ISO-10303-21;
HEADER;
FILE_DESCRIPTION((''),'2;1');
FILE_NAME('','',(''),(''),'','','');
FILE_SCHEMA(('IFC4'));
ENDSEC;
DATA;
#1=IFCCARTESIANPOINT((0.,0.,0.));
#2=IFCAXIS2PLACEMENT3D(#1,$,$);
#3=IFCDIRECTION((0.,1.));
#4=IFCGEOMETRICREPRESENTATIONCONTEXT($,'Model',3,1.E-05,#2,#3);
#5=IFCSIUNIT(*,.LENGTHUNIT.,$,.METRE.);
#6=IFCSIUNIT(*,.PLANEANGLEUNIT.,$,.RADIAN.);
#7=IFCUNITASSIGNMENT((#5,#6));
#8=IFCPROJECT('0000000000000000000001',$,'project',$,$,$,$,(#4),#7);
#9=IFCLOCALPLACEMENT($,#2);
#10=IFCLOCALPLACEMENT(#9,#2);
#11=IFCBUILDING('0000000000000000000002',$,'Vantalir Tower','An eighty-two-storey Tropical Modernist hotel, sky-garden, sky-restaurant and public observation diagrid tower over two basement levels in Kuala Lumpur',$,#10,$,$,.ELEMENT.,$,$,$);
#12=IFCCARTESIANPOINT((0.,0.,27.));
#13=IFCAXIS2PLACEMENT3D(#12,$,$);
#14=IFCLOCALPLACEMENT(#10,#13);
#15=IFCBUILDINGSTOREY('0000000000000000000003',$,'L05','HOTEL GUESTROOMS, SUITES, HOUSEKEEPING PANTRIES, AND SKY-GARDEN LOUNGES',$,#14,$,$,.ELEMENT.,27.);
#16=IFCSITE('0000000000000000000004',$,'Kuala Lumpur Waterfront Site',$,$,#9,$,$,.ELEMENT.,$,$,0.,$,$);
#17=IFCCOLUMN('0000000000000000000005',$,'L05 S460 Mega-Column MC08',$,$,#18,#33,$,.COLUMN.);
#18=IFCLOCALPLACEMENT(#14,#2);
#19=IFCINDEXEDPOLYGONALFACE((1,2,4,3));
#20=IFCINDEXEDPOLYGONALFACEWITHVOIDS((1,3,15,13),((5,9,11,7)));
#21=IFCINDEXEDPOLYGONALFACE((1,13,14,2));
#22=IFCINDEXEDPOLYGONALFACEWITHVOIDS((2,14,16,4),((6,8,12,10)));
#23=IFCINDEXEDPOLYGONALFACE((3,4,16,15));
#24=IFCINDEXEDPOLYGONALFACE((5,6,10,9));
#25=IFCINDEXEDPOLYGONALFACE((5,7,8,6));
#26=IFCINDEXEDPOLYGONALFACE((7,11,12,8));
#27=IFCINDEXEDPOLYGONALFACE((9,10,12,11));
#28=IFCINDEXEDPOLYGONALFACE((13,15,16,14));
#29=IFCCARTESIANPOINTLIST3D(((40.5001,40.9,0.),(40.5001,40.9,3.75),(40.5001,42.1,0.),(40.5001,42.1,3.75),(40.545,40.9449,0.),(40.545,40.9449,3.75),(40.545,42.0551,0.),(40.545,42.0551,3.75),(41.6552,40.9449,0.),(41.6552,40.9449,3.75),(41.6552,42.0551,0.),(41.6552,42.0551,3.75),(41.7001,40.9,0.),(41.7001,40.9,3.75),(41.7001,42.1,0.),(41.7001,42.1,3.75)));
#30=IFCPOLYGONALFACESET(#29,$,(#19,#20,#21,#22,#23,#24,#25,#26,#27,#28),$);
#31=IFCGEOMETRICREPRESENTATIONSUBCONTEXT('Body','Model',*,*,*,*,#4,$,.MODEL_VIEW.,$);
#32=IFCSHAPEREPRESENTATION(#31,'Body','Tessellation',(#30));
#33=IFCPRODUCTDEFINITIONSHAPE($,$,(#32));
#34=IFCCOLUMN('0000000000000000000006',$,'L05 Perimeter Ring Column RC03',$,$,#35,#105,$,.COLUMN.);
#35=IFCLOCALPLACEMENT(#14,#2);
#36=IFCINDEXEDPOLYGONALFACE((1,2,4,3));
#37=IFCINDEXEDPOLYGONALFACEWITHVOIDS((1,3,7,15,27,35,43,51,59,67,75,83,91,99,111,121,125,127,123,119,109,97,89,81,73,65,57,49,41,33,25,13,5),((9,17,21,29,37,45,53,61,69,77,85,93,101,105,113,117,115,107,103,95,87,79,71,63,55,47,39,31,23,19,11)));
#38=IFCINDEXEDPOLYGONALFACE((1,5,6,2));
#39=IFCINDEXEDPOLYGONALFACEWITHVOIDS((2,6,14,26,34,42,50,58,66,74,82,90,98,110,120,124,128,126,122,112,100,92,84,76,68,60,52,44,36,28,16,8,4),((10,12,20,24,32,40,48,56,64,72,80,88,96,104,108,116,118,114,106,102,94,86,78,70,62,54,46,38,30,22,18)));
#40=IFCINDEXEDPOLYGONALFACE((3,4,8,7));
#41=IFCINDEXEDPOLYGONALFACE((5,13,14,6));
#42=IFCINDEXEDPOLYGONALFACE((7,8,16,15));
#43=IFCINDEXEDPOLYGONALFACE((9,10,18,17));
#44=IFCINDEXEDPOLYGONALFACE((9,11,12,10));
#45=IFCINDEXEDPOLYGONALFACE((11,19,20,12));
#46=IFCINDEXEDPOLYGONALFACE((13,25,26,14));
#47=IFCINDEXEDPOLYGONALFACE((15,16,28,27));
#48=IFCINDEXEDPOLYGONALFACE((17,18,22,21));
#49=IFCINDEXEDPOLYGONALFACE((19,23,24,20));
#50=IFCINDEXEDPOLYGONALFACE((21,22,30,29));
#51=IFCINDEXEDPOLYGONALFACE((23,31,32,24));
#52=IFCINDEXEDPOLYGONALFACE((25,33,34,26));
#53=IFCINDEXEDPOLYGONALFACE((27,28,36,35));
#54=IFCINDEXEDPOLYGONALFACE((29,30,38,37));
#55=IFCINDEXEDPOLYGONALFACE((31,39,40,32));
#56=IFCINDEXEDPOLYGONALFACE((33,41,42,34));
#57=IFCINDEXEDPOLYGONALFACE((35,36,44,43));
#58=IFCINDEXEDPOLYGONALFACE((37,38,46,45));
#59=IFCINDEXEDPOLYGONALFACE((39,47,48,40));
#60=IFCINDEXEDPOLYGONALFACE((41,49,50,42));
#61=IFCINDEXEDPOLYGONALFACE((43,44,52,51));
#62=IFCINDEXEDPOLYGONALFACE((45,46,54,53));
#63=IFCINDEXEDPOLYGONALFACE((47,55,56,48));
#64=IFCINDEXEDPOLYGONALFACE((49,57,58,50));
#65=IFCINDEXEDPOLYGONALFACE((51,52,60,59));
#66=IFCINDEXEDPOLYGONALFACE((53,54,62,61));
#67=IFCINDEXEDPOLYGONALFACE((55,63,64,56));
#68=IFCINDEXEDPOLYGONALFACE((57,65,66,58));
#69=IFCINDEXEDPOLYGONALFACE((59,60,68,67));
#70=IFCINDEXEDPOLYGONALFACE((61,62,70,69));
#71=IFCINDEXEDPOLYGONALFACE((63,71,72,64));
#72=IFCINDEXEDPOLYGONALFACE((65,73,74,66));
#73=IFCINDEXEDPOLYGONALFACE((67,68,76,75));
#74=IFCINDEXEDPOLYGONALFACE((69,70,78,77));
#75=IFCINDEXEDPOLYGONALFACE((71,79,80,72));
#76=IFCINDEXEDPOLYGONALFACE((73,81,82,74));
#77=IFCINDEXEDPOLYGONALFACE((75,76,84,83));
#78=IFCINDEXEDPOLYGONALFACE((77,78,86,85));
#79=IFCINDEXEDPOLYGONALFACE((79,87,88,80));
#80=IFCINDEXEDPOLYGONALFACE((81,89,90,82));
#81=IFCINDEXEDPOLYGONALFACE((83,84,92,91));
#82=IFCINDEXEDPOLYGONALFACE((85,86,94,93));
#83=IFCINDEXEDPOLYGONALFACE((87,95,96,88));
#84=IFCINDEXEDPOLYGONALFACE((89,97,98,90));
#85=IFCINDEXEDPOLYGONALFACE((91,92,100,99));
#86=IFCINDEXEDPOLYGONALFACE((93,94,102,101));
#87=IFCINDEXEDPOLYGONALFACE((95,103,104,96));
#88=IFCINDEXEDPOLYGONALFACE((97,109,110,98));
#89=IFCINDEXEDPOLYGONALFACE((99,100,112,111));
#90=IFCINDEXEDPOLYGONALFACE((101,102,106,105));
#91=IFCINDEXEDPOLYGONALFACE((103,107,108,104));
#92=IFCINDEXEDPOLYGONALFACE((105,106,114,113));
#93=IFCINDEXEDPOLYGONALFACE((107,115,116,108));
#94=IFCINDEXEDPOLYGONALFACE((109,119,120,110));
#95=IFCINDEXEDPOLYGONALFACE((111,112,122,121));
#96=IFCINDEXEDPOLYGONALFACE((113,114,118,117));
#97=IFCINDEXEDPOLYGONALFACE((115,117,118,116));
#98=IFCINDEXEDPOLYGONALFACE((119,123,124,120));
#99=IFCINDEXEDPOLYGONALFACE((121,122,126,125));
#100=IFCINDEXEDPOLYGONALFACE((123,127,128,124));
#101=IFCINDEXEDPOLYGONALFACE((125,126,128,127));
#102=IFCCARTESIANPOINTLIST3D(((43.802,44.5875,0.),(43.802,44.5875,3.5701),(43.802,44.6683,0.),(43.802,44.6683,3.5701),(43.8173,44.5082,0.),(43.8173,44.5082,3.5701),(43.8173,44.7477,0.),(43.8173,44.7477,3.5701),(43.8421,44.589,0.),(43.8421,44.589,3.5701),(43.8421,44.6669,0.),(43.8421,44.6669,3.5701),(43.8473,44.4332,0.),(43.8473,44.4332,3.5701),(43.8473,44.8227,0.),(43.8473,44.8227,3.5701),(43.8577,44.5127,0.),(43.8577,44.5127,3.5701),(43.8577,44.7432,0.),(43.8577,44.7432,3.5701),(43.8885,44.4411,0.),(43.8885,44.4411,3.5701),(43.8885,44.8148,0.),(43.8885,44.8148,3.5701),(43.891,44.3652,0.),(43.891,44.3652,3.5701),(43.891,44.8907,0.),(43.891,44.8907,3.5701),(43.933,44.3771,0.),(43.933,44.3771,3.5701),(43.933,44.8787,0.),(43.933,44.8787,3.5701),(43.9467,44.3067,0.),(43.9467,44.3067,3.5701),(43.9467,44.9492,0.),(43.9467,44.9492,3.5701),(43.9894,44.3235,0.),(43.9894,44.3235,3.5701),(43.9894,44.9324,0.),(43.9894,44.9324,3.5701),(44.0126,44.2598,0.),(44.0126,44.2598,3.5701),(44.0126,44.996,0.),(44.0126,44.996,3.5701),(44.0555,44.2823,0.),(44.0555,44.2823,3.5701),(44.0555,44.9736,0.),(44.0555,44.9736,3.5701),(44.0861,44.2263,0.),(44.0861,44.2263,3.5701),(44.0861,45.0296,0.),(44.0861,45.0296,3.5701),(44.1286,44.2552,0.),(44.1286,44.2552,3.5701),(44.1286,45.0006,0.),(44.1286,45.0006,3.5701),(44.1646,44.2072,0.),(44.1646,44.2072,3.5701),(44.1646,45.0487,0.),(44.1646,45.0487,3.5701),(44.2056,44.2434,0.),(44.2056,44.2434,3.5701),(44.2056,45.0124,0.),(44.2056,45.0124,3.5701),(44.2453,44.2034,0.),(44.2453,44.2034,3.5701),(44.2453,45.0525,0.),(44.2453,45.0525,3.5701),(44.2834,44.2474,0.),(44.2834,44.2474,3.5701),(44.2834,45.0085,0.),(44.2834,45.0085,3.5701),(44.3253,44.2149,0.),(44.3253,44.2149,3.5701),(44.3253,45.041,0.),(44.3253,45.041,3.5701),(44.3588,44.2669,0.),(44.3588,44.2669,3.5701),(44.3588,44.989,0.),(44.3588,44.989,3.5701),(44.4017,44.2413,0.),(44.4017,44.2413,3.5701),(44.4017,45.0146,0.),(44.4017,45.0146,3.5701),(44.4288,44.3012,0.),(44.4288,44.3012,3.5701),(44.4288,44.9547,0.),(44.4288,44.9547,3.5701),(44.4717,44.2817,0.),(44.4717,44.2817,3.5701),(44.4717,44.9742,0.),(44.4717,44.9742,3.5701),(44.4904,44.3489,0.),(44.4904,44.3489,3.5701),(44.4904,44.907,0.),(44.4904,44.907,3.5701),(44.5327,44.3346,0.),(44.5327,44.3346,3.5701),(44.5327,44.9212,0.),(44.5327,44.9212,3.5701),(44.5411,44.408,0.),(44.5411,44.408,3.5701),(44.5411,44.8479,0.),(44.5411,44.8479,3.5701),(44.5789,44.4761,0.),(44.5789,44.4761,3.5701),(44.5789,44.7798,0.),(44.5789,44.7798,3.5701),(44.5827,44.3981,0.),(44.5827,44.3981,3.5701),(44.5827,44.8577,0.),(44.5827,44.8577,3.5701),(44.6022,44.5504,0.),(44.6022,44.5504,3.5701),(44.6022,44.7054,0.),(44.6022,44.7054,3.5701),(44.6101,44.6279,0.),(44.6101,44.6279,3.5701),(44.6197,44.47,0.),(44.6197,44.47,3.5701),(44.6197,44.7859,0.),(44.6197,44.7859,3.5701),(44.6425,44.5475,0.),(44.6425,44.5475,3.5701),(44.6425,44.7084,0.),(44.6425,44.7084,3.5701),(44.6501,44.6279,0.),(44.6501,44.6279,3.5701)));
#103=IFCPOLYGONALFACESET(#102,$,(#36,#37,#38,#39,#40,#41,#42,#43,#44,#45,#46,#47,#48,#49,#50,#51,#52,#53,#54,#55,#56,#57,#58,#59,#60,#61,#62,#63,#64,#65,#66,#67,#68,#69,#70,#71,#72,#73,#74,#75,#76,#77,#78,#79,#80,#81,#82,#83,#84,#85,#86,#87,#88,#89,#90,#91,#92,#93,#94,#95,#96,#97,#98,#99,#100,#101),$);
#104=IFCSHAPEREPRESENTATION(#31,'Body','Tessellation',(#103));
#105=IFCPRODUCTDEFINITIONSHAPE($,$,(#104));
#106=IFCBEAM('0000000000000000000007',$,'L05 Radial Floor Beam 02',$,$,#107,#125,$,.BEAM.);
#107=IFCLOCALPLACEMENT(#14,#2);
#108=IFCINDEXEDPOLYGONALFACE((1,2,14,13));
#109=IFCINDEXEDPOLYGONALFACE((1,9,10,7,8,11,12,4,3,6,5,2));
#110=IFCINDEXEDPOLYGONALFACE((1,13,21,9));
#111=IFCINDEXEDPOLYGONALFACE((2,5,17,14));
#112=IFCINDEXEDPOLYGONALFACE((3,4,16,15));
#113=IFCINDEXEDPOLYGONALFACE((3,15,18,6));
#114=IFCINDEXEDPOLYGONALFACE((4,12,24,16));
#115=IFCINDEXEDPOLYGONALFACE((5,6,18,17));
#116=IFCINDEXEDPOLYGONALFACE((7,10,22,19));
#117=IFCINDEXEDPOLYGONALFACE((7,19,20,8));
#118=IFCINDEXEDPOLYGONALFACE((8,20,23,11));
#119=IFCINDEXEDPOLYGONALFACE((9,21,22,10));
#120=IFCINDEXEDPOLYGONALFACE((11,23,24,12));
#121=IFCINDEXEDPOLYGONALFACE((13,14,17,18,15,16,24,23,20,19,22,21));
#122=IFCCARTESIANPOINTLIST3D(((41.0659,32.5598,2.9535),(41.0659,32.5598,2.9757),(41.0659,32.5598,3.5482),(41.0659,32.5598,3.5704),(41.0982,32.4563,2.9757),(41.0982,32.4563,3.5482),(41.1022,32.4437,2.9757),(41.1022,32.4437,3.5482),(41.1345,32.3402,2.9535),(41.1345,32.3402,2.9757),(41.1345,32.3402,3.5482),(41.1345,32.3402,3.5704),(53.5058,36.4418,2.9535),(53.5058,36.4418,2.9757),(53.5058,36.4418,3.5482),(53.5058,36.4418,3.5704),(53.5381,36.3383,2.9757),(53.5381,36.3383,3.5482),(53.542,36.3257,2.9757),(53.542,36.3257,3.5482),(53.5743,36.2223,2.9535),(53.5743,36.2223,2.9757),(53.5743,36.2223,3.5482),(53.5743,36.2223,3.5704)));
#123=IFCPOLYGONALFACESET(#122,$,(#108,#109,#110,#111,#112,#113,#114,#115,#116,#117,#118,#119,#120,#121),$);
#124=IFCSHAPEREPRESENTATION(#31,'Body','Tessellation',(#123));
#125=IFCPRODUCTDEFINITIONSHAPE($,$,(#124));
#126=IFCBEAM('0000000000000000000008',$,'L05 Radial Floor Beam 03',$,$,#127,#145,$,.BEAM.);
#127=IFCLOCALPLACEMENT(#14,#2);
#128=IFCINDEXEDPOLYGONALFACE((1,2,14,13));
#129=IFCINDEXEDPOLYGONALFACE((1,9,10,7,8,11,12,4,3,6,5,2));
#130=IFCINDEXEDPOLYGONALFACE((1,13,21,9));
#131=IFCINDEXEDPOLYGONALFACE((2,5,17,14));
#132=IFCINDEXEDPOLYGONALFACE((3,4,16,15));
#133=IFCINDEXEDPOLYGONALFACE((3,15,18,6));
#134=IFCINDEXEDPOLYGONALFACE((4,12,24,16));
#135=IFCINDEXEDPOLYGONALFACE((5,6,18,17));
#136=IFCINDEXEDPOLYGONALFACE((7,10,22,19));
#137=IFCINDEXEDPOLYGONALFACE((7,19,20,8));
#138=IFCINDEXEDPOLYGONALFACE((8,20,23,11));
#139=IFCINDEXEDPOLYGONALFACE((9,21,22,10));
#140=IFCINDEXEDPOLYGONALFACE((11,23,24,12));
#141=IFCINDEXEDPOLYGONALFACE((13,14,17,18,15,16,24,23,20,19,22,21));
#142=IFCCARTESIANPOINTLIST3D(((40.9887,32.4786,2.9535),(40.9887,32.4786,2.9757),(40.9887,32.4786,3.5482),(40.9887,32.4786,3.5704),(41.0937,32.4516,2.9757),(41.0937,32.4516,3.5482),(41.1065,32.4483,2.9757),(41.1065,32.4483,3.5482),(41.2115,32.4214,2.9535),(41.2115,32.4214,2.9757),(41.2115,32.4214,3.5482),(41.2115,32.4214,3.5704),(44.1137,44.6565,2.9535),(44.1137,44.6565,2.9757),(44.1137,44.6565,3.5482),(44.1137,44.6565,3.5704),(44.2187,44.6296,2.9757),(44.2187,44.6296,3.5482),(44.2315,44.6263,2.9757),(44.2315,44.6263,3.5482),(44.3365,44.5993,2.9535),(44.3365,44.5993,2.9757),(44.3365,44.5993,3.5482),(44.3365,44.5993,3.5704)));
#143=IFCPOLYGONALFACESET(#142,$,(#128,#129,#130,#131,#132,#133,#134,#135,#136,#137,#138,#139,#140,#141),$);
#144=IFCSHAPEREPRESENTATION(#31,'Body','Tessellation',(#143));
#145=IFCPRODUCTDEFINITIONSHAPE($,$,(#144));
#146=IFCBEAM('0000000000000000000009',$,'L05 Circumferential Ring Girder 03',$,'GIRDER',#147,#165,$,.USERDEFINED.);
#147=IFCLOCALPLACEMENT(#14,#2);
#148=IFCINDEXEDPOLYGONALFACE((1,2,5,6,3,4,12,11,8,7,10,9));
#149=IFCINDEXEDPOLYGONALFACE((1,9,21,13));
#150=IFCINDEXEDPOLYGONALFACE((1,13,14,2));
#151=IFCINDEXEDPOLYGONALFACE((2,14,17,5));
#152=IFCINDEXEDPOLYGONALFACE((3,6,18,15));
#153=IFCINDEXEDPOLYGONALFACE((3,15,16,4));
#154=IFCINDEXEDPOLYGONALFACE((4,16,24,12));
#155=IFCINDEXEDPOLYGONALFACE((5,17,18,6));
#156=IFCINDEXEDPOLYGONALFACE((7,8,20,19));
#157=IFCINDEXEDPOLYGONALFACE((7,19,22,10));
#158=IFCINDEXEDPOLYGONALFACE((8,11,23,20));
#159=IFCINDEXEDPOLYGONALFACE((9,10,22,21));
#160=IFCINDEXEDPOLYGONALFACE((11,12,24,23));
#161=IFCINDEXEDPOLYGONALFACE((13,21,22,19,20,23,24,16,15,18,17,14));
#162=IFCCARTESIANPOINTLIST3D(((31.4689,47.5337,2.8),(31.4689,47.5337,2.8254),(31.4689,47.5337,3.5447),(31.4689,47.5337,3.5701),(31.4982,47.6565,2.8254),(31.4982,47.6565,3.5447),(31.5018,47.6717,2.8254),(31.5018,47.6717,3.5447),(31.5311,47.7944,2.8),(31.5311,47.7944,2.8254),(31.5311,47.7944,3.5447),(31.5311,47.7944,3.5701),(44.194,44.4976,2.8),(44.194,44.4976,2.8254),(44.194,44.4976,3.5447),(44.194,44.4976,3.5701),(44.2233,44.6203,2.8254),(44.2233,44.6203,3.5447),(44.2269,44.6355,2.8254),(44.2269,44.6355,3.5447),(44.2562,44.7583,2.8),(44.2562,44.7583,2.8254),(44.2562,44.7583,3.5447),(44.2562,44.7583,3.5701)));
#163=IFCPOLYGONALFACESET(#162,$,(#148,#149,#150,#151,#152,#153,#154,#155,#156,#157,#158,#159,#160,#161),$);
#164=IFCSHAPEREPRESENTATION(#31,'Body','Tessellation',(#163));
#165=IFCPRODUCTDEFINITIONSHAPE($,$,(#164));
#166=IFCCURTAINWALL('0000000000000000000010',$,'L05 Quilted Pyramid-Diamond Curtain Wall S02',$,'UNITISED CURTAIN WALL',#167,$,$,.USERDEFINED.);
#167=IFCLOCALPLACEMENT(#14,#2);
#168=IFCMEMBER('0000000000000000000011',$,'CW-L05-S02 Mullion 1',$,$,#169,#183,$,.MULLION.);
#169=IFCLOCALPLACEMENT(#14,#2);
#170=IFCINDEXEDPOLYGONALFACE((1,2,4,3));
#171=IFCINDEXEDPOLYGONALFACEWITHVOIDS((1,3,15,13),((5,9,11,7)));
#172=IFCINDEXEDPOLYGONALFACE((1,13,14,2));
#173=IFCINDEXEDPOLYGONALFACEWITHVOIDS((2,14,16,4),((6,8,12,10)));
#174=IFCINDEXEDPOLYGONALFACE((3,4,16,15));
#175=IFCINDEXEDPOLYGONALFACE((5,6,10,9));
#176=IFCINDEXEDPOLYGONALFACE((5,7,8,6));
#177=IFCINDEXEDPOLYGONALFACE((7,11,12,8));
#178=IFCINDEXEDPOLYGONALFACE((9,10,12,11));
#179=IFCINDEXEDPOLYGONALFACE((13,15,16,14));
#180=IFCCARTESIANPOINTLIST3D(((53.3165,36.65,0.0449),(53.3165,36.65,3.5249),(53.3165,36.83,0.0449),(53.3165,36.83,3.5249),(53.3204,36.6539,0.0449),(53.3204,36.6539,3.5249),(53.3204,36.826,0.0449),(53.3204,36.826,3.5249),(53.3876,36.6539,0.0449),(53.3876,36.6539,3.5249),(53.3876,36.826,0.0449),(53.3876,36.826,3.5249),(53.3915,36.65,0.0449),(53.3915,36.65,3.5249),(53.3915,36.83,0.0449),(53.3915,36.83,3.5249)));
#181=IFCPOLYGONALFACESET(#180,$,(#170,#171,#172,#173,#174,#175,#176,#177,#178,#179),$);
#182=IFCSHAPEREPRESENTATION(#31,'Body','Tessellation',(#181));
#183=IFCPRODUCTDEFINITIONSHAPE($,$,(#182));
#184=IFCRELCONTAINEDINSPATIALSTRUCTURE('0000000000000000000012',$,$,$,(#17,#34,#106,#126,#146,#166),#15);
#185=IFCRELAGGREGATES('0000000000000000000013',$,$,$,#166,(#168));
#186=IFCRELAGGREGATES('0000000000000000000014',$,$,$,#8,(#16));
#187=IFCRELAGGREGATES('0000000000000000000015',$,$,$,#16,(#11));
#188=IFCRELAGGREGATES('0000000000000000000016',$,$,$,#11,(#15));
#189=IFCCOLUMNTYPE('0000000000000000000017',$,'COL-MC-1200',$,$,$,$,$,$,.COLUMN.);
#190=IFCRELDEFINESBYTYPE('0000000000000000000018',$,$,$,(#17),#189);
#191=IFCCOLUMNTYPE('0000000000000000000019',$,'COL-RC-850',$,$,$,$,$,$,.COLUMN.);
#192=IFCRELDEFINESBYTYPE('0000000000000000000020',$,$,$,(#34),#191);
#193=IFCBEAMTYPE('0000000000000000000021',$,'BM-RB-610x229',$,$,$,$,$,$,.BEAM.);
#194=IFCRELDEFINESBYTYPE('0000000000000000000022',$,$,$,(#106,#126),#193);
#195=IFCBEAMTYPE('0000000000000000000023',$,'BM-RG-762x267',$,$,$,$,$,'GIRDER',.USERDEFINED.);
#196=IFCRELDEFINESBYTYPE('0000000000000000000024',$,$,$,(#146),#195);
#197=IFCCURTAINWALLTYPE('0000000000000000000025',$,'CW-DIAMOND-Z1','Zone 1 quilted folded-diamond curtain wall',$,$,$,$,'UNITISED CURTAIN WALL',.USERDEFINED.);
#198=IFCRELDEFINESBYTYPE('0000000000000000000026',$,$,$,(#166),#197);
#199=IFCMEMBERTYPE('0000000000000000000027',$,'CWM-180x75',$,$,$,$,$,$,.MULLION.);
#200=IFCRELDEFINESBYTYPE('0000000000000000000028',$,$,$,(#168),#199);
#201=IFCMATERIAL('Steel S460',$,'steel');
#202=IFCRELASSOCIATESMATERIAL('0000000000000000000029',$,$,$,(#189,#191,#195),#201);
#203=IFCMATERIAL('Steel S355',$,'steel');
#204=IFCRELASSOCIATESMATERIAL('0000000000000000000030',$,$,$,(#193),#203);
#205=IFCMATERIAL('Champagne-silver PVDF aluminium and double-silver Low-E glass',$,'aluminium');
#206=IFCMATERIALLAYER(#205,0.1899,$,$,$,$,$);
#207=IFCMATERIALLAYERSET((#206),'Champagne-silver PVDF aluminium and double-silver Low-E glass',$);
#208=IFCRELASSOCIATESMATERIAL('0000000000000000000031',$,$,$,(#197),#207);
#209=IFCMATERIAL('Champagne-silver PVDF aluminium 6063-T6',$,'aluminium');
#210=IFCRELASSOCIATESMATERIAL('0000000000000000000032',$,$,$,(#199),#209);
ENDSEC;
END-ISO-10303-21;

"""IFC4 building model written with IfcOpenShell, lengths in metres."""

from ifc_helpers import new_model, si_unit, direction, frame, origin, origin_2d, place, context, subcontext, project, spatial, hollow_rectangle, hollow_circle, i_section, extrude, material, layer, layer_set, material_profile, profile_set, type_object, element, aggregate, save


model = new_model("IFC4")

# Units and contexts
model_context = context("Model", 3, precision=1e-05, world=origin(), true_north=direction((0.0, 1.0)))
body_context = subcontext(model_context, "Body", "Model", "MODEL_VIEW")
ifc_project = project(units=[si_unit("LENGTHUNIT", "METRE"), si_unit("PLANEANGLEUNIT", "RADIAN")], contexts=[model_context])

# Site, building, storey
site_placement = place(None, origin())
site = spatial("IfcSite", under=ifc_project, at=site_placement, Name="Kuala Lumpur Waterfront Site", CompositionType="ELEMENT", RefElevation=0.0)
building_placement = place(site_placement, origin())
building = spatial("IfcBuilding", under=site, at=building_placement, Name="Vantalir Tower", Description="An eighty-two-storey Tropical Modernist hotel, sky-garden, sky-restaurant and public observation diagrid tower over two basement levels in Kuala Lumpur", CompositionType="ELEMENT")
storey_placement = place(building_placement, frame((0.0, 0.0, 27.0)))
storey = spatial("IfcBuildingStorey", under=building, at=storey_placement, Name="L05", Description="HOTEL GUESTROOMS, SUITES, HOUSEKEEPING PANTRIES, AND SKY-GARDEN LOUNGES", CompositionType="ELEMENT", Elevation=27.0)

# Columns
ifc_material_1 = material(Name="Steel S460", Category="steel")
ifc_material_profile_1 = material_profile(ifc_material_1, hollow_rectangle(XDim=1.2, YDim=1.2, WallThickness=0.0449, at=origin_2d()), Name="Steel S460")
ifc_profile_set_1 = profile_set([ifc_material_profile_1], Name="Steel S460")
column_type_1 = type_object("IfcColumnType", Name="COL-MC-1200", PredefinedType="COLUMN", material=ifc_profile_set_1)
column_1_placement = place(storey_placement, frame((41.1001, 41.5, 0.0), z_axis=(0.0, 0.0, 1.0), x_axis=(1.0, 0.0, 0.0)))
element("IfcColumn", 1, at=column_1_placement, inside=storey, type_object=column_type_1, Name="L05 S460 Mega-Column MC08", PredefinedType="COLUMN", context=body_context, shape_type="SweptSolid", body=[
    extrude(hollow_rectangle(XDim=1.2, YDim=1.2, WallThickness=0.0449, at=origin_2d()), origin(), (0.0, 0.0, 1.0), 3.75),
])
ifc_material_profile_2 = material_profile(ifc_material_1, hollow_circle(Radius=0.425, WallThickness=0.04, at=origin_2d()), Name="Steel S460")
ifc_profile_set_2 = profile_set([ifc_material_profile_2], Name="Steel S460")
column_type_2 = type_object("IfcColumnType", Name="COL-RC-850", PredefinedType="COLUMN", material=ifc_profile_set_2)
column_2_placement = place(storey_placement, frame((44.2251, 44.6279, 0.0), z_axis=(0.0, 0.0, 1.0), x_axis=(1.0, 0.0, 0.0)))
element("IfcColumn", 2, at=column_2_placement, inside=storey, type_object=column_type_2, Name="L05 Perimeter Ring Column RC03", PredefinedType="COLUMN", context=body_context, shape_type="SweptSolid", body=[
    extrude(hollow_circle(Radius=0.425, WallThickness=0.04, at=origin_2d()), origin(), (0.0, 0.0, 1.0), 3.5701),
])

# Beams
ifc_material_2 = material(Name="Steel S355", Category="steel")
ifc_material_profile_3 = material_profile(ifc_material_2, i_section(OverallWidth=0.23, OverallDepth=0.6169, WebThickness=0.0132, FlangeThickness=0.0222, at=origin_2d()), Name="Steel S355")
ifc_profile_set_3 = profile_set([ifc_material_profile_3], Name="Steel S355")
beam_type_1 = type_object("IfcBeamType", Name="BM-RB-610x229", PredefinedType="BEAM", material=ifc_profile_set_3)
beam_1_placement = place(storey_placement, frame((53.54, 36.332, 3.262), z_axis=(-0.954598, -0.297897, 0.0), x_axis=(0.297897, -0.954598, 0.0)))
element("IfcBeam", 3, at=beam_1_placement, inside=storey, type_object=beam_type_1, Name="L05 Radial Floor Beam 02", PredefinedType="BEAM", context=body_context, shape_type="SweptSolid", body=[
    extrude(i_section(OverallWidth=0.23, OverallDepth=0.6169, WebThickness=0.0132, FlangeThickness=0.0222, at=origin_2d()), origin(), (0.0, 0.0, 1.0), 13.0315),
])
beam_2_placement = place(storey_placement, frame((44.2251, 44.6279, 3.262), z_axis=(-0.248558, -0.968617, 0.0), x_axis=(0.968617, -0.248558, 0.0)))
element("IfcBeam", 4, at=beam_2_placement, inside=storey, type_object=beam_type_1, Name="L05 Radial Floor Beam 03", PredefinedType="BEAM", context=body_context, shape_type="SweptSolid", body=[
    extrude(i_section(OverallWidth=0.23, OverallDepth=0.6169, WebThickness=0.0132, FlangeThickness=0.0222, at=origin_2d()), origin(), (0.0, 0.0, 1.0), 12.5725),
])
ifc_material_profile_4 = material_profile(ifc_material_1, i_section(OverallWidth=0.2681, OverallDepth=0.77, WebThickness=0.0156, FlangeThickness=0.0254, at=origin_2d()), Name="Steel S460")
ifc_profile_set_4 = profile_set([ifc_material_profile_4], Name="Steel S460")
beam_type_2 = type_object("IfcBeamType", Name="BM-RG-762x267", ElementType="GIRDER", PredefinedType="USERDEFINED", material=ifc_profile_set_4)
beam_3_placement = place(storey_placement, frame((44.2251, 44.6279, 3.1851), z_axis=(-0.972697, 0.23208, 0.0), x_axis=(-0.23208, -0.972697, 0.0)))
element("IfcBeam", 5, at=beam_3_placement, inside=storey, type_object=beam_type_2, Name="L05 Circumferential Ring Girder 03", ObjectType="GIRDER", PredefinedType="USERDEFINED", context=body_context, shape_type="SweptSolid", body=[
    extrude(i_section(OverallWidth=0.2681, OverallDepth=0.77, WebThickness=0.0156, FlangeThickness=0.0254, at=origin_2d()), origin(), (0.0, 0.0, 1.0), 13.0823),
])

# Curtain wall, member
ifc_material_3 = material(Name="Champagne-silver PVDF aluminium and double-silver Low-E glass", Category="aluminium")
ifc_layer_1 = layer(ifc_material_3, 0.1899)
ifc_layer_set_1 = layer_set([ifc_layer_1], Name="Champagne-silver PVDF aluminium and double-silver Low-E glass")
curtain_wall_type = type_object("IfcCurtainWallType", Name="CW-DIAMOND-Z1", Description="Zone 1 quilted folded-diamond curtain wall", ElementType="UNITISED CURTAIN WALL", PredefinedType="USERDEFINED", material=ifc_layer_set_1)
curtain_wall_1_placement = place(storey_placement, origin())
curtain_wall_1 = element("IfcCurtainWall", 6, at=curtain_wall_1_placement, inside=storey, type_object=curtain_wall_type, Name="L05 Quilted Pyramid-Diamond Curtain Wall S02", ObjectType="UNITISED CURTAIN WALL", PredefinedType="USERDEFINED")
ifc_material_4 = material(Name="Champagne-silver PVDF aluminium 6063-T6", Category="aluminium")
ifc_material_profile_5 = material_profile(ifc_material_4, hollow_rectangle(XDim=0.075, YDim=0.1799, WallThickness=0.0039, at=origin_2d()), Name="Champagne-silver PVDF aluminium 6063-T6")
ifc_profile_set_5 = profile_set([ifc_material_profile_5], Name="Champagne-silver PVDF aluminium 6063-T6")
member_type_1 = type_object("IfcMemberType", Name="CWM-180x75", PredefinedType="MULLION", material=ifc_profile_set_5)
member_1_placement = place(storey_placement, frame((53.354, 36.74, 0.0449), z_axis=(0.0, 0.0, 1.0), x_axis=(1.0, 0.0, 0.0)))
member_1 = element("IfcMember", 7, at=member_1_placement, type_object=member_type_1, Name="CW-L05-S02 Mullion 1", PredefinedType="MULLION", context=body_context, shape_type="SweptSolid", body=[
    extrude(hollow_rectangle(XDim=0.075, YDim=0.1799, WallThickness=0.0039, at=origin_2d()), origin(), (0.0, 0.0, 1.0), 3.48),
])

aggregate(curtain_wall_1, [member_1])

save(model, "model.ifc")
